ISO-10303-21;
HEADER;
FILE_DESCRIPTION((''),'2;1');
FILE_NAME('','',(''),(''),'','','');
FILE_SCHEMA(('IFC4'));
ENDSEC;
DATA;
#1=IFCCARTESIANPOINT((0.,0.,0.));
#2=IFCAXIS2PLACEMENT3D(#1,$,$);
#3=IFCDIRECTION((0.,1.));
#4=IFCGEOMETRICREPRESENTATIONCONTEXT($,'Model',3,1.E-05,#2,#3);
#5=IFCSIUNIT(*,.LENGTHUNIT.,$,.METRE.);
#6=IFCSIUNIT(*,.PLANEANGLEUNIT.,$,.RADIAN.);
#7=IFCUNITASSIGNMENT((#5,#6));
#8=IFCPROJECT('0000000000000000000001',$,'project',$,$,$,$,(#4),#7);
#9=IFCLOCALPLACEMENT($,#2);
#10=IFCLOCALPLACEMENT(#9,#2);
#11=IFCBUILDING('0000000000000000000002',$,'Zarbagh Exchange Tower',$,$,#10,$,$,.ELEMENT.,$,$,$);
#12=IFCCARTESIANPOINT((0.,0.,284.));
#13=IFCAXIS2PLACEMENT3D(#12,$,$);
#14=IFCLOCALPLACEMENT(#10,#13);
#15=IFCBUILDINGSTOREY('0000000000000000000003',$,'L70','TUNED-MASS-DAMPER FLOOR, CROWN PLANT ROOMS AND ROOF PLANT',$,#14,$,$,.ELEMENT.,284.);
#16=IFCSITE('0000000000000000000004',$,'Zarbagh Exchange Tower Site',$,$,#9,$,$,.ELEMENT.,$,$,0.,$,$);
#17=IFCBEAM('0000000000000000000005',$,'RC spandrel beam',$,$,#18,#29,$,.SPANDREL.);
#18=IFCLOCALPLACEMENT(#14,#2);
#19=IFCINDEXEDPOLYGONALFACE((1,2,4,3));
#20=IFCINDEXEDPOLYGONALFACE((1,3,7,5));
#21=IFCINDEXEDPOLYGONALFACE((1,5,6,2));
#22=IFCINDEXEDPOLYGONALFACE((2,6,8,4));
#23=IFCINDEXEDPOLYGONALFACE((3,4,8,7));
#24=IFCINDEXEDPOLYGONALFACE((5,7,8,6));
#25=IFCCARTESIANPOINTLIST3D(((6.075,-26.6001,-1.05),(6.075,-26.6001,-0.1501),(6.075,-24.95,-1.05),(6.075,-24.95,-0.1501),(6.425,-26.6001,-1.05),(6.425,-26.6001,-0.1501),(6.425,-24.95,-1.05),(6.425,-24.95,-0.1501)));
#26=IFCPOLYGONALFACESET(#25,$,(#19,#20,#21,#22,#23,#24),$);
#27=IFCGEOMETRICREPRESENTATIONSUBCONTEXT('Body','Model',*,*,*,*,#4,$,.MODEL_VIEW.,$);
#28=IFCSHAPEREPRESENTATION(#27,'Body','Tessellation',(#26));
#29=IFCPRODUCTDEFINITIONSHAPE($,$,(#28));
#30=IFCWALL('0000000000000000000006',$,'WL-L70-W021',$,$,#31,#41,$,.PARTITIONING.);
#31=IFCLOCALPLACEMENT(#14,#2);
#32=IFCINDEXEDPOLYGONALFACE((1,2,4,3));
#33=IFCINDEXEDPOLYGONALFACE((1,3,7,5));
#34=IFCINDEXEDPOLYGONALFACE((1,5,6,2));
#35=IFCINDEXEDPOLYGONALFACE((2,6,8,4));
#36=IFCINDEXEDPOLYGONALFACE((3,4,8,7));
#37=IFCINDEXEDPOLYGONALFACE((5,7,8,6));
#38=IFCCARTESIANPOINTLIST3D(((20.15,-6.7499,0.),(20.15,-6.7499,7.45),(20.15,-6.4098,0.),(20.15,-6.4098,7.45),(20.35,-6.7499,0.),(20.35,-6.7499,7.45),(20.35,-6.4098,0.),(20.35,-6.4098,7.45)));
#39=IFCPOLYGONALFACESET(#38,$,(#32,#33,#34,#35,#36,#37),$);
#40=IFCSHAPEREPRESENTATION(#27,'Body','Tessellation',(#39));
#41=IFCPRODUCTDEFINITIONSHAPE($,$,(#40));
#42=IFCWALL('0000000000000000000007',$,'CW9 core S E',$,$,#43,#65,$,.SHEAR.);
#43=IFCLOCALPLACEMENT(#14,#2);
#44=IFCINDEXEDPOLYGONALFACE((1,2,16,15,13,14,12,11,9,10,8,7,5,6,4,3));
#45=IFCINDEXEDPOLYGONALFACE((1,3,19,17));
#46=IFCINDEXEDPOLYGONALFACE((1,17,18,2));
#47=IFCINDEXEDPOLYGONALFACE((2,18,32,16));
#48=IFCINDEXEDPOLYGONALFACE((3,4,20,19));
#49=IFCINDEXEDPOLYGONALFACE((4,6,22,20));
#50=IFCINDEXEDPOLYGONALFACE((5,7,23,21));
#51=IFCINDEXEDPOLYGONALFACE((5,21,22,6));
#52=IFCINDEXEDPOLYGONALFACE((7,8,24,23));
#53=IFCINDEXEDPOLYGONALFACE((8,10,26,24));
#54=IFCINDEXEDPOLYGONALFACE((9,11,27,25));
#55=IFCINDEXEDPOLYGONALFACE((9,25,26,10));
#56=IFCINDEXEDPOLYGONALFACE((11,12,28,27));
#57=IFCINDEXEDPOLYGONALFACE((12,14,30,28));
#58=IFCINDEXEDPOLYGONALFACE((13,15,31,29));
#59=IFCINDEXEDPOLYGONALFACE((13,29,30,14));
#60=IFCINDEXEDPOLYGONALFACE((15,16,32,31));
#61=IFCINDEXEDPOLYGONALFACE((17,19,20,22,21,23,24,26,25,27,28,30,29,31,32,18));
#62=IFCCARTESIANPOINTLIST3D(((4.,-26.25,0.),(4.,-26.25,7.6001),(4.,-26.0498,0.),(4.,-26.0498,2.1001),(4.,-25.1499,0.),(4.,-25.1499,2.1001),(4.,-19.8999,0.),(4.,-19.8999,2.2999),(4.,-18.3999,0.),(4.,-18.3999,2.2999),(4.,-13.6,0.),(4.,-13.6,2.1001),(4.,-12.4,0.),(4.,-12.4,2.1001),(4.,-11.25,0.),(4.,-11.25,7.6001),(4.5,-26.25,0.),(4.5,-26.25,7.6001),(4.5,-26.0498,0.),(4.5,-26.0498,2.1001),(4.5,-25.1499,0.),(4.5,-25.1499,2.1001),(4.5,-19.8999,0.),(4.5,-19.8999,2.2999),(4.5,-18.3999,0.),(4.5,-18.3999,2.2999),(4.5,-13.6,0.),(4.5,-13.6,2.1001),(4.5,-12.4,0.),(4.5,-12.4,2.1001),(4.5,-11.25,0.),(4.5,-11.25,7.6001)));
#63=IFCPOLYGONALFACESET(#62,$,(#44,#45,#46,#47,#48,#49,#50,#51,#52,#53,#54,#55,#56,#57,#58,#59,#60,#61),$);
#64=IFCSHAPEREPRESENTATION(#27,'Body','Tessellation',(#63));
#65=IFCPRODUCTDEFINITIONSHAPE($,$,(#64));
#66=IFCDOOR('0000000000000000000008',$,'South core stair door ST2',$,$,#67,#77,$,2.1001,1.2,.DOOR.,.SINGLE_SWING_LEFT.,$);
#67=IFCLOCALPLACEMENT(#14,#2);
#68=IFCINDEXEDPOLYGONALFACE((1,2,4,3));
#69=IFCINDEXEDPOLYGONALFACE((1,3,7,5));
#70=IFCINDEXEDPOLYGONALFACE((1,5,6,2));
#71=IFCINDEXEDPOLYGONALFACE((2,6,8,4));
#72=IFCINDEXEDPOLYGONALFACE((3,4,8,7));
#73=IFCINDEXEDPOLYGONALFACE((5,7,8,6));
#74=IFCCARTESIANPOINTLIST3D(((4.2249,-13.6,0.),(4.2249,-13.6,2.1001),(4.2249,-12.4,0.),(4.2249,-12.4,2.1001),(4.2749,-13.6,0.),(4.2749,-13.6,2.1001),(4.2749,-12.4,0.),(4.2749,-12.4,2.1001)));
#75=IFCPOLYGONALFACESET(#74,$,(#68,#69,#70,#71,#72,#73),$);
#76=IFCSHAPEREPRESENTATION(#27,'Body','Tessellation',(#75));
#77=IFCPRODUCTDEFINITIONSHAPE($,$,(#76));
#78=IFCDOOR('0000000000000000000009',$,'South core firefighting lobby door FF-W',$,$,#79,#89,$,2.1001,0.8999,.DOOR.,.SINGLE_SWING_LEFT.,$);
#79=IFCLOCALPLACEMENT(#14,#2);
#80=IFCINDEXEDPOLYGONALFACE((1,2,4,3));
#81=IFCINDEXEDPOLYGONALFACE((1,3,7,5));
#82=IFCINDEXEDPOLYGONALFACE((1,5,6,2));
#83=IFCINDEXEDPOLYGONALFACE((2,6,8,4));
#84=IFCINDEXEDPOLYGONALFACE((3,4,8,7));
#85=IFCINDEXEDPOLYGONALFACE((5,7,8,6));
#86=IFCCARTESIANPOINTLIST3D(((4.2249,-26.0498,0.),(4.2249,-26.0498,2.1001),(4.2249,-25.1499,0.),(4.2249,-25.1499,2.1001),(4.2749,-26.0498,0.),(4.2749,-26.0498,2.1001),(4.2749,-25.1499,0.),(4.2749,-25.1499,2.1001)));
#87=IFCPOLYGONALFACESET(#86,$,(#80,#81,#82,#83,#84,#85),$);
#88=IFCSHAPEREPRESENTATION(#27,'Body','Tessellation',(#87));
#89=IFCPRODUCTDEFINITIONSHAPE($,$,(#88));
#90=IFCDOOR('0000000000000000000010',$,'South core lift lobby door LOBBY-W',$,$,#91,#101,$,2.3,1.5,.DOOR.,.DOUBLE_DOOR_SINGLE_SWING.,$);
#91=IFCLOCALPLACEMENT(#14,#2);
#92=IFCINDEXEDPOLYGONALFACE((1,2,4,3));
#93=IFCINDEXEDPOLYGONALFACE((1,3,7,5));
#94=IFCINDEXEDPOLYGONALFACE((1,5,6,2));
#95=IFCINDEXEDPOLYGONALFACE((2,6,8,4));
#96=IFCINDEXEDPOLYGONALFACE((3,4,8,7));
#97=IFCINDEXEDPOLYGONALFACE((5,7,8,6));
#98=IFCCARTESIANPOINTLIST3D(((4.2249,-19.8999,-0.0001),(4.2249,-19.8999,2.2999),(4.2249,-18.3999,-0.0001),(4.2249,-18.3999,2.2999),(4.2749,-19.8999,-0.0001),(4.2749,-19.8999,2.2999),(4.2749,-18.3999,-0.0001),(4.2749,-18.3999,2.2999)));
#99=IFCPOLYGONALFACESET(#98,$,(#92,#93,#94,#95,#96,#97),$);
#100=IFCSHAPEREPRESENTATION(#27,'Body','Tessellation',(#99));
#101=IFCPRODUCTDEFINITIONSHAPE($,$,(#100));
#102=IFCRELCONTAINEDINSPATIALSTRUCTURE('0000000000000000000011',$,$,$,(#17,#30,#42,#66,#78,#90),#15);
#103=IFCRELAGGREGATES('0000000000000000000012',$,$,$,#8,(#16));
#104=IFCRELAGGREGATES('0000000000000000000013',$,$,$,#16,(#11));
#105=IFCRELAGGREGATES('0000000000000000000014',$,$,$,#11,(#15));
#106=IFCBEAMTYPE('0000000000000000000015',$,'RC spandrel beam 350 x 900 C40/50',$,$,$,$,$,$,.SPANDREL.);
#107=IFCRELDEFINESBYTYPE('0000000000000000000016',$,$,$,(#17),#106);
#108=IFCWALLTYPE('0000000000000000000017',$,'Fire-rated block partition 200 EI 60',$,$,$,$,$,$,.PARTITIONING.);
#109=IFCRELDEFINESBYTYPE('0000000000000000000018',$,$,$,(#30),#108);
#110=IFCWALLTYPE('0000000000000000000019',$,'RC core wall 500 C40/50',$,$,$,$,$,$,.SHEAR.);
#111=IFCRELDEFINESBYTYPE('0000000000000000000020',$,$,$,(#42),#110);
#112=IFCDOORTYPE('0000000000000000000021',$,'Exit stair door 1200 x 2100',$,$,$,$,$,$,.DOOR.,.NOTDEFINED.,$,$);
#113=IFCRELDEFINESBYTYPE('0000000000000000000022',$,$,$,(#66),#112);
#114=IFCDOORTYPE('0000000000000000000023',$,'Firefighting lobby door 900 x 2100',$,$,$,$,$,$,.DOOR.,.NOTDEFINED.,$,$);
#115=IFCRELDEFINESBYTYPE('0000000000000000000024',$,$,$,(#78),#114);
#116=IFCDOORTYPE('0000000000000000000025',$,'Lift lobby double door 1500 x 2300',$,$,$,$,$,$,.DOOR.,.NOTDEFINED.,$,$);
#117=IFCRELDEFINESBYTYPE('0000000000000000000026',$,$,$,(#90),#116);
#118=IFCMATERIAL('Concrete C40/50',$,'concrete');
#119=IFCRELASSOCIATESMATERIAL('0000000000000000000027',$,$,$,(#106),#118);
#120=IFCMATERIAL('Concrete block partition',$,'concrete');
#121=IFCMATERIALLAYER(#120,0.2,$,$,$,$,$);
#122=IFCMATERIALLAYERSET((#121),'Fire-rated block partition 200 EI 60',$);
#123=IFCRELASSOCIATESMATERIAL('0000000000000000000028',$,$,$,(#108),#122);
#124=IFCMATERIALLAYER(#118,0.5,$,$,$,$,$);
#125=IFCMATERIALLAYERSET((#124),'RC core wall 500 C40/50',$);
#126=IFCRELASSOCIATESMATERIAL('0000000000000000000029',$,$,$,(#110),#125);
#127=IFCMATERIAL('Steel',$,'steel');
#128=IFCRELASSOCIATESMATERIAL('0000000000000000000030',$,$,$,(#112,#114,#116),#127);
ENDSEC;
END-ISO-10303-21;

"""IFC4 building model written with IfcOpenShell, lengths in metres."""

from ifc_helpers import new_model, si_unit, direction, frame, frame_2d, origin, origin_2d, place, context, subcontext, project, spatial, rectangle, extrude, material, layer, layer_set, material_profile, profile_set, type_object, element, fill, save


model = new_model("IFC4")

# Units and contexts
model_context = context("Model", 3, precision=1e-05, world=origin(), true_north=direction((0.0, 1.0)))
body_context = subcontext(model_context, "Body", "Model", "MODEL_VIEW")
ifc_project = project(units=[si_unit("LENGTHUNIT", "METRE"), si_unit("PLANEANGLEUNIT", "RADIAN")], contexts=[model_context])

# Site, building, storey
site_placement = place(None, origin())
site = spatial("IfcSite", under=ifc_project, at=site_placement, Name="Zarbagh Exchange Tower Site", CompositionType="ELEMENT", RefElevation=0.0)
building_placement = place(site_placement, origin())
building = spatial("IfcBuilding", under=site, at=building_placement, Name="Zarbagh Exchange Tower", CompositionType="ELEMENT")
storey_placement = place(building_placement, frame((0.0, 0.0, 284.0)))
storey = spatial("IfcBuildingStorey", under=building, at=storey_placement, Name="L70", Description="TUNED-MASS-DAMPER FLOOR, CROWN PLANT ROOMS AND ROOF PLANT", CompositionType="ELEMENT", Elevation=284.0)

# Shared definitions
ifc_material_1 = material(Name="Concrete C40/50", Category="concrete")

# Beam
ifc_material_profile_1 = material_profile(ifc_material_1, rectangle(XDim=0.3501, YDim=0.8999, at=origin_2d()), Name="RC spandrel beam 350 x 900 C40/50")
ifc_profile_set_1 = profile_set([ifc_material_profile_1], Name="Concrete C40/50")
beam_type_1 = type_object("IfcBeamType", Name="RC spandrel beam 350 x 900 C40/50", PredefinedType="SPANDREL", material=ifc_profile_set_1)
beam_1_placement = place(storey_placement, frame((6.25, -24.95, -0.6001), z_axis=(0.0, -1.0, 0.0), x_axis=(1.0, 0.0, 0.0)))
element("IfcBeam", 1, at=beam_1_placement, inside=storey, type_object=beam_type_1, Name="RC spandrel beam", PredefinedType="SPANDREL", context=body_context, shape_type="SweptSolid", body=[
    extrude(rectangle(XDim=0.3501, YDim=0.8999, at=origin_2d()), origin(), (0.0, 0.0, 1.0), 1.6501),
])

# Wall
ifc_material_2 = material(Name="Concrete block partition", Category="concrete")
ifc_layer_1 = layer(ifc_material_2, 0.2)
ifc_layer_set_1 = layer_set([ifc_layer_1], Name="Fire-rated block partition 200 EI 60")
wall_type_1 = type_object("IfcWallType", Name="Fire-rated block partition 200 EI 60", PredefinedType="PARTITIONING", material=ifc_layer_set_1)
wall_1_placement = place(storey_placement, frame((20.25, -6.4099, 0.0), z_axis=(0.0, 0.0, 1.0), x_axis=(0.0, -1.0, 0.0)))
element("IfcWall", 2, at=wall_1_placement, inside=storey, type_object=wall_type_1, Name="WL-L70-W021", PredefinedType="PARTITIONING", context=body_context, shape_type="SweptSolid", body=[
    extrude(rectangle(XDim=0.3401, YDim=0.2, at=frame_2d((0.1699, 0.0))), origin(), (0.0, 0.0, 1.0), 7.45),
])

# Wall, openings, doors
ifc_layer_2 = layer(ifc_material_1, 0.5)
ifc_layer_set_2 = layer_set([ifc_layer_2], Name="RC core wall 500 C40/50")
wall_type_2 = type_object("IfcWallType", Name="RC core wall 500 C40/50", PredefinedType="SHEAR", material=ifc_layer_set_2)
wall_2_placement = place(storey_placement, frame((4.25, -11.25, 0.0), z_axis=(0.0, 0.0, 1.0), x_axis=(0.0, -1.0, 0.0)))
wall_2 = element("IfcWall", 3, at=wall_2_placement, inside=storey, type_object=wall_type_2, Name="CW9 core S E", PredefinedType="SHEAR", context=body_context, shape_type="SweptSolid", body=[
    extrude(rectangle(XDim=15.0, YDim=0.5, at=frame_2d((7.5, 0.0))), origin(), (0.0, 0.0, 1.0), 7.6001),
])
opening_1_placement = place(wall_2_placement, frame((7.1499, 0.0, 0.0)))
opening_1 = element("IfcOpeningElement", 4, at=opening_1_placement, cuts=wall_2, PredefinedType="OPENING", context=body_context, shape_type="SweptSolid", body=[
    extrude(rectangle(XDim=1.5, YDim=2.3, at=frame_2d((0.75, 1.1499))), frame((0.0, 0.26, 0.0), z_axis=(0.0, -1.0, 0.0), x_axis=(1.0, 0.0, 0.0)), (0.0, 0.0, 1.0), 0.52),
])
opening_2_placement = place(wall_2_placement, frame((13.8999, 0.0, 0.0)))
opening_2 = element("IfcOpeningElement", 5, at=opening_2_placement, cuts=wall_2, PredefinedType="OPENING", context=body_context, shape_type="SweptSolid", body=[
    extrude(rectangle(XDim=0.8999, YDim=2.1001, at=frame_2d((0.45, 1.05))), frame((0.0, 0.26, 0.0), z_axis=(0.0, -1.0, 0.0), x_axis=(1.0, 0.0, 0.0)), (0.0, 0.0, 1.0), 0.52),
])
opening_3_placement = place(wall_2_placement, frame((1.1499, 0.0, 0.0)))
opening_3 = element("IfcOpeningElement", 6, at=opening_3_placement, cuts=wall_2, PredefinedType="OPENING", context=body_context, shape_type="SweptSolid", body=[
    extrude(rectangle(XDim=1.2, YDim=2.1001, at=frame_2d((0.6001, 1.05))), frame((0.0, 0.26, 0.0), z_axis=(0.0, -1.0, 0.0), x_axis=(1.0, 0.0, 0.0)), (0.0, 0.0, 1.0), 0.52),
])
ifc_material_3 = material(Name="Steel", Category="steel")
door_type_1 = type_object("IfcDoorType", Name="Exit stair door 1200 x 2100", OperationType="NOTDEFINED", PredefinedType="DOOR", material=ifc_material_3)
door_1_placement = place(opening_3_placement, origin())
door_1 = element("IfcDoor", 7, at=door_1_placement, inside=storey, type_object=door_type_1, Name="South core stair door ST2", OperationType="SINGLE_SWING_LEFT", OverallHeight=2.1001, OverallWidth=1.2, PredefinedType="DOOR", context=body_context, shape_type="SweptSolid", body=[
    extrude(rectangle(XDim=1.2, YDim=2.1001, at=frame_2d((0.6001, 1.05))), frame((0.0, 0.0249, 0.0), z_axis=(0.0, -1.0, 0.0), x_axis=(1.0, 0.0, 0.0)), (0.0, 0.0, 1.0), 0.05),
])
fill(opening_3, door_1)
door_type_2 = type_object("IfcDoorType", Name="Firefighting lobby door 900 x 2100", OperationType="NOTDEFINED", PredefinedType="DOOR", material=ifc_material_3)
door_2_placement = place(opening_2_placement, origin())
door_2 = element("IfcDoor", 8, at=door_2_placement, inside=storey, type_object=door_type_2, Name="South core firefighting lobby door FF-W", OperationType="SINGLE_SWING_LEFT", OverallHeight=2.1001, OverallWidth=0.8999, PredefinedType="DOOR", context=body_context, shape_type="SweptSolid", body=[
    extrude(rectangle(XDim=0.8999, YDim=2.1001, at=frame_2d((0.45, 1.05))), frame((0.0, 0.0249, 0.0), z_axis=(0.0, -1.0, 0.0), x_axis=(1.0, 0.0, 0.0)), (0.0, 0.0, 1.0), 0.05),
])
fill(opening_2, door_2)
door_type_3 = type_object("IfcDoorType", Name="Lift lobby double door 1500 x 2300", OperationType="NOTDEFINED", PredefinedType="DOOR", material=ifc_material_3)
door_3_placement = place(opening_1_placement, origin())
door_3 = element("IfcDoor", 9, at=door_3_placement, inside=storey, type_object=door_type_3, Name="South core lift lobby door LOBBY-W", OperationType="DOUBLE_DOOR_SINGLE_SWING", OverallHeight=2.3, OverallWidth=1.5, PredefinedType="DOOR", context=body_context, shape_type="SweptSolid", body=[
    extrude(rectangle(XDim=1.5, YDim=2.3, at=frame_2d((0.75, 1.1499))), frame((0.0, 0.0249, 0.0), z_axis=(0.0, -1.0, 0.0), x_axis=(1.0, 0.0, 0.0)), (0.0, 0.0, 1.0), 0.05),
])
fill(opening_1, door_3)

save(model, "model.ifc")
